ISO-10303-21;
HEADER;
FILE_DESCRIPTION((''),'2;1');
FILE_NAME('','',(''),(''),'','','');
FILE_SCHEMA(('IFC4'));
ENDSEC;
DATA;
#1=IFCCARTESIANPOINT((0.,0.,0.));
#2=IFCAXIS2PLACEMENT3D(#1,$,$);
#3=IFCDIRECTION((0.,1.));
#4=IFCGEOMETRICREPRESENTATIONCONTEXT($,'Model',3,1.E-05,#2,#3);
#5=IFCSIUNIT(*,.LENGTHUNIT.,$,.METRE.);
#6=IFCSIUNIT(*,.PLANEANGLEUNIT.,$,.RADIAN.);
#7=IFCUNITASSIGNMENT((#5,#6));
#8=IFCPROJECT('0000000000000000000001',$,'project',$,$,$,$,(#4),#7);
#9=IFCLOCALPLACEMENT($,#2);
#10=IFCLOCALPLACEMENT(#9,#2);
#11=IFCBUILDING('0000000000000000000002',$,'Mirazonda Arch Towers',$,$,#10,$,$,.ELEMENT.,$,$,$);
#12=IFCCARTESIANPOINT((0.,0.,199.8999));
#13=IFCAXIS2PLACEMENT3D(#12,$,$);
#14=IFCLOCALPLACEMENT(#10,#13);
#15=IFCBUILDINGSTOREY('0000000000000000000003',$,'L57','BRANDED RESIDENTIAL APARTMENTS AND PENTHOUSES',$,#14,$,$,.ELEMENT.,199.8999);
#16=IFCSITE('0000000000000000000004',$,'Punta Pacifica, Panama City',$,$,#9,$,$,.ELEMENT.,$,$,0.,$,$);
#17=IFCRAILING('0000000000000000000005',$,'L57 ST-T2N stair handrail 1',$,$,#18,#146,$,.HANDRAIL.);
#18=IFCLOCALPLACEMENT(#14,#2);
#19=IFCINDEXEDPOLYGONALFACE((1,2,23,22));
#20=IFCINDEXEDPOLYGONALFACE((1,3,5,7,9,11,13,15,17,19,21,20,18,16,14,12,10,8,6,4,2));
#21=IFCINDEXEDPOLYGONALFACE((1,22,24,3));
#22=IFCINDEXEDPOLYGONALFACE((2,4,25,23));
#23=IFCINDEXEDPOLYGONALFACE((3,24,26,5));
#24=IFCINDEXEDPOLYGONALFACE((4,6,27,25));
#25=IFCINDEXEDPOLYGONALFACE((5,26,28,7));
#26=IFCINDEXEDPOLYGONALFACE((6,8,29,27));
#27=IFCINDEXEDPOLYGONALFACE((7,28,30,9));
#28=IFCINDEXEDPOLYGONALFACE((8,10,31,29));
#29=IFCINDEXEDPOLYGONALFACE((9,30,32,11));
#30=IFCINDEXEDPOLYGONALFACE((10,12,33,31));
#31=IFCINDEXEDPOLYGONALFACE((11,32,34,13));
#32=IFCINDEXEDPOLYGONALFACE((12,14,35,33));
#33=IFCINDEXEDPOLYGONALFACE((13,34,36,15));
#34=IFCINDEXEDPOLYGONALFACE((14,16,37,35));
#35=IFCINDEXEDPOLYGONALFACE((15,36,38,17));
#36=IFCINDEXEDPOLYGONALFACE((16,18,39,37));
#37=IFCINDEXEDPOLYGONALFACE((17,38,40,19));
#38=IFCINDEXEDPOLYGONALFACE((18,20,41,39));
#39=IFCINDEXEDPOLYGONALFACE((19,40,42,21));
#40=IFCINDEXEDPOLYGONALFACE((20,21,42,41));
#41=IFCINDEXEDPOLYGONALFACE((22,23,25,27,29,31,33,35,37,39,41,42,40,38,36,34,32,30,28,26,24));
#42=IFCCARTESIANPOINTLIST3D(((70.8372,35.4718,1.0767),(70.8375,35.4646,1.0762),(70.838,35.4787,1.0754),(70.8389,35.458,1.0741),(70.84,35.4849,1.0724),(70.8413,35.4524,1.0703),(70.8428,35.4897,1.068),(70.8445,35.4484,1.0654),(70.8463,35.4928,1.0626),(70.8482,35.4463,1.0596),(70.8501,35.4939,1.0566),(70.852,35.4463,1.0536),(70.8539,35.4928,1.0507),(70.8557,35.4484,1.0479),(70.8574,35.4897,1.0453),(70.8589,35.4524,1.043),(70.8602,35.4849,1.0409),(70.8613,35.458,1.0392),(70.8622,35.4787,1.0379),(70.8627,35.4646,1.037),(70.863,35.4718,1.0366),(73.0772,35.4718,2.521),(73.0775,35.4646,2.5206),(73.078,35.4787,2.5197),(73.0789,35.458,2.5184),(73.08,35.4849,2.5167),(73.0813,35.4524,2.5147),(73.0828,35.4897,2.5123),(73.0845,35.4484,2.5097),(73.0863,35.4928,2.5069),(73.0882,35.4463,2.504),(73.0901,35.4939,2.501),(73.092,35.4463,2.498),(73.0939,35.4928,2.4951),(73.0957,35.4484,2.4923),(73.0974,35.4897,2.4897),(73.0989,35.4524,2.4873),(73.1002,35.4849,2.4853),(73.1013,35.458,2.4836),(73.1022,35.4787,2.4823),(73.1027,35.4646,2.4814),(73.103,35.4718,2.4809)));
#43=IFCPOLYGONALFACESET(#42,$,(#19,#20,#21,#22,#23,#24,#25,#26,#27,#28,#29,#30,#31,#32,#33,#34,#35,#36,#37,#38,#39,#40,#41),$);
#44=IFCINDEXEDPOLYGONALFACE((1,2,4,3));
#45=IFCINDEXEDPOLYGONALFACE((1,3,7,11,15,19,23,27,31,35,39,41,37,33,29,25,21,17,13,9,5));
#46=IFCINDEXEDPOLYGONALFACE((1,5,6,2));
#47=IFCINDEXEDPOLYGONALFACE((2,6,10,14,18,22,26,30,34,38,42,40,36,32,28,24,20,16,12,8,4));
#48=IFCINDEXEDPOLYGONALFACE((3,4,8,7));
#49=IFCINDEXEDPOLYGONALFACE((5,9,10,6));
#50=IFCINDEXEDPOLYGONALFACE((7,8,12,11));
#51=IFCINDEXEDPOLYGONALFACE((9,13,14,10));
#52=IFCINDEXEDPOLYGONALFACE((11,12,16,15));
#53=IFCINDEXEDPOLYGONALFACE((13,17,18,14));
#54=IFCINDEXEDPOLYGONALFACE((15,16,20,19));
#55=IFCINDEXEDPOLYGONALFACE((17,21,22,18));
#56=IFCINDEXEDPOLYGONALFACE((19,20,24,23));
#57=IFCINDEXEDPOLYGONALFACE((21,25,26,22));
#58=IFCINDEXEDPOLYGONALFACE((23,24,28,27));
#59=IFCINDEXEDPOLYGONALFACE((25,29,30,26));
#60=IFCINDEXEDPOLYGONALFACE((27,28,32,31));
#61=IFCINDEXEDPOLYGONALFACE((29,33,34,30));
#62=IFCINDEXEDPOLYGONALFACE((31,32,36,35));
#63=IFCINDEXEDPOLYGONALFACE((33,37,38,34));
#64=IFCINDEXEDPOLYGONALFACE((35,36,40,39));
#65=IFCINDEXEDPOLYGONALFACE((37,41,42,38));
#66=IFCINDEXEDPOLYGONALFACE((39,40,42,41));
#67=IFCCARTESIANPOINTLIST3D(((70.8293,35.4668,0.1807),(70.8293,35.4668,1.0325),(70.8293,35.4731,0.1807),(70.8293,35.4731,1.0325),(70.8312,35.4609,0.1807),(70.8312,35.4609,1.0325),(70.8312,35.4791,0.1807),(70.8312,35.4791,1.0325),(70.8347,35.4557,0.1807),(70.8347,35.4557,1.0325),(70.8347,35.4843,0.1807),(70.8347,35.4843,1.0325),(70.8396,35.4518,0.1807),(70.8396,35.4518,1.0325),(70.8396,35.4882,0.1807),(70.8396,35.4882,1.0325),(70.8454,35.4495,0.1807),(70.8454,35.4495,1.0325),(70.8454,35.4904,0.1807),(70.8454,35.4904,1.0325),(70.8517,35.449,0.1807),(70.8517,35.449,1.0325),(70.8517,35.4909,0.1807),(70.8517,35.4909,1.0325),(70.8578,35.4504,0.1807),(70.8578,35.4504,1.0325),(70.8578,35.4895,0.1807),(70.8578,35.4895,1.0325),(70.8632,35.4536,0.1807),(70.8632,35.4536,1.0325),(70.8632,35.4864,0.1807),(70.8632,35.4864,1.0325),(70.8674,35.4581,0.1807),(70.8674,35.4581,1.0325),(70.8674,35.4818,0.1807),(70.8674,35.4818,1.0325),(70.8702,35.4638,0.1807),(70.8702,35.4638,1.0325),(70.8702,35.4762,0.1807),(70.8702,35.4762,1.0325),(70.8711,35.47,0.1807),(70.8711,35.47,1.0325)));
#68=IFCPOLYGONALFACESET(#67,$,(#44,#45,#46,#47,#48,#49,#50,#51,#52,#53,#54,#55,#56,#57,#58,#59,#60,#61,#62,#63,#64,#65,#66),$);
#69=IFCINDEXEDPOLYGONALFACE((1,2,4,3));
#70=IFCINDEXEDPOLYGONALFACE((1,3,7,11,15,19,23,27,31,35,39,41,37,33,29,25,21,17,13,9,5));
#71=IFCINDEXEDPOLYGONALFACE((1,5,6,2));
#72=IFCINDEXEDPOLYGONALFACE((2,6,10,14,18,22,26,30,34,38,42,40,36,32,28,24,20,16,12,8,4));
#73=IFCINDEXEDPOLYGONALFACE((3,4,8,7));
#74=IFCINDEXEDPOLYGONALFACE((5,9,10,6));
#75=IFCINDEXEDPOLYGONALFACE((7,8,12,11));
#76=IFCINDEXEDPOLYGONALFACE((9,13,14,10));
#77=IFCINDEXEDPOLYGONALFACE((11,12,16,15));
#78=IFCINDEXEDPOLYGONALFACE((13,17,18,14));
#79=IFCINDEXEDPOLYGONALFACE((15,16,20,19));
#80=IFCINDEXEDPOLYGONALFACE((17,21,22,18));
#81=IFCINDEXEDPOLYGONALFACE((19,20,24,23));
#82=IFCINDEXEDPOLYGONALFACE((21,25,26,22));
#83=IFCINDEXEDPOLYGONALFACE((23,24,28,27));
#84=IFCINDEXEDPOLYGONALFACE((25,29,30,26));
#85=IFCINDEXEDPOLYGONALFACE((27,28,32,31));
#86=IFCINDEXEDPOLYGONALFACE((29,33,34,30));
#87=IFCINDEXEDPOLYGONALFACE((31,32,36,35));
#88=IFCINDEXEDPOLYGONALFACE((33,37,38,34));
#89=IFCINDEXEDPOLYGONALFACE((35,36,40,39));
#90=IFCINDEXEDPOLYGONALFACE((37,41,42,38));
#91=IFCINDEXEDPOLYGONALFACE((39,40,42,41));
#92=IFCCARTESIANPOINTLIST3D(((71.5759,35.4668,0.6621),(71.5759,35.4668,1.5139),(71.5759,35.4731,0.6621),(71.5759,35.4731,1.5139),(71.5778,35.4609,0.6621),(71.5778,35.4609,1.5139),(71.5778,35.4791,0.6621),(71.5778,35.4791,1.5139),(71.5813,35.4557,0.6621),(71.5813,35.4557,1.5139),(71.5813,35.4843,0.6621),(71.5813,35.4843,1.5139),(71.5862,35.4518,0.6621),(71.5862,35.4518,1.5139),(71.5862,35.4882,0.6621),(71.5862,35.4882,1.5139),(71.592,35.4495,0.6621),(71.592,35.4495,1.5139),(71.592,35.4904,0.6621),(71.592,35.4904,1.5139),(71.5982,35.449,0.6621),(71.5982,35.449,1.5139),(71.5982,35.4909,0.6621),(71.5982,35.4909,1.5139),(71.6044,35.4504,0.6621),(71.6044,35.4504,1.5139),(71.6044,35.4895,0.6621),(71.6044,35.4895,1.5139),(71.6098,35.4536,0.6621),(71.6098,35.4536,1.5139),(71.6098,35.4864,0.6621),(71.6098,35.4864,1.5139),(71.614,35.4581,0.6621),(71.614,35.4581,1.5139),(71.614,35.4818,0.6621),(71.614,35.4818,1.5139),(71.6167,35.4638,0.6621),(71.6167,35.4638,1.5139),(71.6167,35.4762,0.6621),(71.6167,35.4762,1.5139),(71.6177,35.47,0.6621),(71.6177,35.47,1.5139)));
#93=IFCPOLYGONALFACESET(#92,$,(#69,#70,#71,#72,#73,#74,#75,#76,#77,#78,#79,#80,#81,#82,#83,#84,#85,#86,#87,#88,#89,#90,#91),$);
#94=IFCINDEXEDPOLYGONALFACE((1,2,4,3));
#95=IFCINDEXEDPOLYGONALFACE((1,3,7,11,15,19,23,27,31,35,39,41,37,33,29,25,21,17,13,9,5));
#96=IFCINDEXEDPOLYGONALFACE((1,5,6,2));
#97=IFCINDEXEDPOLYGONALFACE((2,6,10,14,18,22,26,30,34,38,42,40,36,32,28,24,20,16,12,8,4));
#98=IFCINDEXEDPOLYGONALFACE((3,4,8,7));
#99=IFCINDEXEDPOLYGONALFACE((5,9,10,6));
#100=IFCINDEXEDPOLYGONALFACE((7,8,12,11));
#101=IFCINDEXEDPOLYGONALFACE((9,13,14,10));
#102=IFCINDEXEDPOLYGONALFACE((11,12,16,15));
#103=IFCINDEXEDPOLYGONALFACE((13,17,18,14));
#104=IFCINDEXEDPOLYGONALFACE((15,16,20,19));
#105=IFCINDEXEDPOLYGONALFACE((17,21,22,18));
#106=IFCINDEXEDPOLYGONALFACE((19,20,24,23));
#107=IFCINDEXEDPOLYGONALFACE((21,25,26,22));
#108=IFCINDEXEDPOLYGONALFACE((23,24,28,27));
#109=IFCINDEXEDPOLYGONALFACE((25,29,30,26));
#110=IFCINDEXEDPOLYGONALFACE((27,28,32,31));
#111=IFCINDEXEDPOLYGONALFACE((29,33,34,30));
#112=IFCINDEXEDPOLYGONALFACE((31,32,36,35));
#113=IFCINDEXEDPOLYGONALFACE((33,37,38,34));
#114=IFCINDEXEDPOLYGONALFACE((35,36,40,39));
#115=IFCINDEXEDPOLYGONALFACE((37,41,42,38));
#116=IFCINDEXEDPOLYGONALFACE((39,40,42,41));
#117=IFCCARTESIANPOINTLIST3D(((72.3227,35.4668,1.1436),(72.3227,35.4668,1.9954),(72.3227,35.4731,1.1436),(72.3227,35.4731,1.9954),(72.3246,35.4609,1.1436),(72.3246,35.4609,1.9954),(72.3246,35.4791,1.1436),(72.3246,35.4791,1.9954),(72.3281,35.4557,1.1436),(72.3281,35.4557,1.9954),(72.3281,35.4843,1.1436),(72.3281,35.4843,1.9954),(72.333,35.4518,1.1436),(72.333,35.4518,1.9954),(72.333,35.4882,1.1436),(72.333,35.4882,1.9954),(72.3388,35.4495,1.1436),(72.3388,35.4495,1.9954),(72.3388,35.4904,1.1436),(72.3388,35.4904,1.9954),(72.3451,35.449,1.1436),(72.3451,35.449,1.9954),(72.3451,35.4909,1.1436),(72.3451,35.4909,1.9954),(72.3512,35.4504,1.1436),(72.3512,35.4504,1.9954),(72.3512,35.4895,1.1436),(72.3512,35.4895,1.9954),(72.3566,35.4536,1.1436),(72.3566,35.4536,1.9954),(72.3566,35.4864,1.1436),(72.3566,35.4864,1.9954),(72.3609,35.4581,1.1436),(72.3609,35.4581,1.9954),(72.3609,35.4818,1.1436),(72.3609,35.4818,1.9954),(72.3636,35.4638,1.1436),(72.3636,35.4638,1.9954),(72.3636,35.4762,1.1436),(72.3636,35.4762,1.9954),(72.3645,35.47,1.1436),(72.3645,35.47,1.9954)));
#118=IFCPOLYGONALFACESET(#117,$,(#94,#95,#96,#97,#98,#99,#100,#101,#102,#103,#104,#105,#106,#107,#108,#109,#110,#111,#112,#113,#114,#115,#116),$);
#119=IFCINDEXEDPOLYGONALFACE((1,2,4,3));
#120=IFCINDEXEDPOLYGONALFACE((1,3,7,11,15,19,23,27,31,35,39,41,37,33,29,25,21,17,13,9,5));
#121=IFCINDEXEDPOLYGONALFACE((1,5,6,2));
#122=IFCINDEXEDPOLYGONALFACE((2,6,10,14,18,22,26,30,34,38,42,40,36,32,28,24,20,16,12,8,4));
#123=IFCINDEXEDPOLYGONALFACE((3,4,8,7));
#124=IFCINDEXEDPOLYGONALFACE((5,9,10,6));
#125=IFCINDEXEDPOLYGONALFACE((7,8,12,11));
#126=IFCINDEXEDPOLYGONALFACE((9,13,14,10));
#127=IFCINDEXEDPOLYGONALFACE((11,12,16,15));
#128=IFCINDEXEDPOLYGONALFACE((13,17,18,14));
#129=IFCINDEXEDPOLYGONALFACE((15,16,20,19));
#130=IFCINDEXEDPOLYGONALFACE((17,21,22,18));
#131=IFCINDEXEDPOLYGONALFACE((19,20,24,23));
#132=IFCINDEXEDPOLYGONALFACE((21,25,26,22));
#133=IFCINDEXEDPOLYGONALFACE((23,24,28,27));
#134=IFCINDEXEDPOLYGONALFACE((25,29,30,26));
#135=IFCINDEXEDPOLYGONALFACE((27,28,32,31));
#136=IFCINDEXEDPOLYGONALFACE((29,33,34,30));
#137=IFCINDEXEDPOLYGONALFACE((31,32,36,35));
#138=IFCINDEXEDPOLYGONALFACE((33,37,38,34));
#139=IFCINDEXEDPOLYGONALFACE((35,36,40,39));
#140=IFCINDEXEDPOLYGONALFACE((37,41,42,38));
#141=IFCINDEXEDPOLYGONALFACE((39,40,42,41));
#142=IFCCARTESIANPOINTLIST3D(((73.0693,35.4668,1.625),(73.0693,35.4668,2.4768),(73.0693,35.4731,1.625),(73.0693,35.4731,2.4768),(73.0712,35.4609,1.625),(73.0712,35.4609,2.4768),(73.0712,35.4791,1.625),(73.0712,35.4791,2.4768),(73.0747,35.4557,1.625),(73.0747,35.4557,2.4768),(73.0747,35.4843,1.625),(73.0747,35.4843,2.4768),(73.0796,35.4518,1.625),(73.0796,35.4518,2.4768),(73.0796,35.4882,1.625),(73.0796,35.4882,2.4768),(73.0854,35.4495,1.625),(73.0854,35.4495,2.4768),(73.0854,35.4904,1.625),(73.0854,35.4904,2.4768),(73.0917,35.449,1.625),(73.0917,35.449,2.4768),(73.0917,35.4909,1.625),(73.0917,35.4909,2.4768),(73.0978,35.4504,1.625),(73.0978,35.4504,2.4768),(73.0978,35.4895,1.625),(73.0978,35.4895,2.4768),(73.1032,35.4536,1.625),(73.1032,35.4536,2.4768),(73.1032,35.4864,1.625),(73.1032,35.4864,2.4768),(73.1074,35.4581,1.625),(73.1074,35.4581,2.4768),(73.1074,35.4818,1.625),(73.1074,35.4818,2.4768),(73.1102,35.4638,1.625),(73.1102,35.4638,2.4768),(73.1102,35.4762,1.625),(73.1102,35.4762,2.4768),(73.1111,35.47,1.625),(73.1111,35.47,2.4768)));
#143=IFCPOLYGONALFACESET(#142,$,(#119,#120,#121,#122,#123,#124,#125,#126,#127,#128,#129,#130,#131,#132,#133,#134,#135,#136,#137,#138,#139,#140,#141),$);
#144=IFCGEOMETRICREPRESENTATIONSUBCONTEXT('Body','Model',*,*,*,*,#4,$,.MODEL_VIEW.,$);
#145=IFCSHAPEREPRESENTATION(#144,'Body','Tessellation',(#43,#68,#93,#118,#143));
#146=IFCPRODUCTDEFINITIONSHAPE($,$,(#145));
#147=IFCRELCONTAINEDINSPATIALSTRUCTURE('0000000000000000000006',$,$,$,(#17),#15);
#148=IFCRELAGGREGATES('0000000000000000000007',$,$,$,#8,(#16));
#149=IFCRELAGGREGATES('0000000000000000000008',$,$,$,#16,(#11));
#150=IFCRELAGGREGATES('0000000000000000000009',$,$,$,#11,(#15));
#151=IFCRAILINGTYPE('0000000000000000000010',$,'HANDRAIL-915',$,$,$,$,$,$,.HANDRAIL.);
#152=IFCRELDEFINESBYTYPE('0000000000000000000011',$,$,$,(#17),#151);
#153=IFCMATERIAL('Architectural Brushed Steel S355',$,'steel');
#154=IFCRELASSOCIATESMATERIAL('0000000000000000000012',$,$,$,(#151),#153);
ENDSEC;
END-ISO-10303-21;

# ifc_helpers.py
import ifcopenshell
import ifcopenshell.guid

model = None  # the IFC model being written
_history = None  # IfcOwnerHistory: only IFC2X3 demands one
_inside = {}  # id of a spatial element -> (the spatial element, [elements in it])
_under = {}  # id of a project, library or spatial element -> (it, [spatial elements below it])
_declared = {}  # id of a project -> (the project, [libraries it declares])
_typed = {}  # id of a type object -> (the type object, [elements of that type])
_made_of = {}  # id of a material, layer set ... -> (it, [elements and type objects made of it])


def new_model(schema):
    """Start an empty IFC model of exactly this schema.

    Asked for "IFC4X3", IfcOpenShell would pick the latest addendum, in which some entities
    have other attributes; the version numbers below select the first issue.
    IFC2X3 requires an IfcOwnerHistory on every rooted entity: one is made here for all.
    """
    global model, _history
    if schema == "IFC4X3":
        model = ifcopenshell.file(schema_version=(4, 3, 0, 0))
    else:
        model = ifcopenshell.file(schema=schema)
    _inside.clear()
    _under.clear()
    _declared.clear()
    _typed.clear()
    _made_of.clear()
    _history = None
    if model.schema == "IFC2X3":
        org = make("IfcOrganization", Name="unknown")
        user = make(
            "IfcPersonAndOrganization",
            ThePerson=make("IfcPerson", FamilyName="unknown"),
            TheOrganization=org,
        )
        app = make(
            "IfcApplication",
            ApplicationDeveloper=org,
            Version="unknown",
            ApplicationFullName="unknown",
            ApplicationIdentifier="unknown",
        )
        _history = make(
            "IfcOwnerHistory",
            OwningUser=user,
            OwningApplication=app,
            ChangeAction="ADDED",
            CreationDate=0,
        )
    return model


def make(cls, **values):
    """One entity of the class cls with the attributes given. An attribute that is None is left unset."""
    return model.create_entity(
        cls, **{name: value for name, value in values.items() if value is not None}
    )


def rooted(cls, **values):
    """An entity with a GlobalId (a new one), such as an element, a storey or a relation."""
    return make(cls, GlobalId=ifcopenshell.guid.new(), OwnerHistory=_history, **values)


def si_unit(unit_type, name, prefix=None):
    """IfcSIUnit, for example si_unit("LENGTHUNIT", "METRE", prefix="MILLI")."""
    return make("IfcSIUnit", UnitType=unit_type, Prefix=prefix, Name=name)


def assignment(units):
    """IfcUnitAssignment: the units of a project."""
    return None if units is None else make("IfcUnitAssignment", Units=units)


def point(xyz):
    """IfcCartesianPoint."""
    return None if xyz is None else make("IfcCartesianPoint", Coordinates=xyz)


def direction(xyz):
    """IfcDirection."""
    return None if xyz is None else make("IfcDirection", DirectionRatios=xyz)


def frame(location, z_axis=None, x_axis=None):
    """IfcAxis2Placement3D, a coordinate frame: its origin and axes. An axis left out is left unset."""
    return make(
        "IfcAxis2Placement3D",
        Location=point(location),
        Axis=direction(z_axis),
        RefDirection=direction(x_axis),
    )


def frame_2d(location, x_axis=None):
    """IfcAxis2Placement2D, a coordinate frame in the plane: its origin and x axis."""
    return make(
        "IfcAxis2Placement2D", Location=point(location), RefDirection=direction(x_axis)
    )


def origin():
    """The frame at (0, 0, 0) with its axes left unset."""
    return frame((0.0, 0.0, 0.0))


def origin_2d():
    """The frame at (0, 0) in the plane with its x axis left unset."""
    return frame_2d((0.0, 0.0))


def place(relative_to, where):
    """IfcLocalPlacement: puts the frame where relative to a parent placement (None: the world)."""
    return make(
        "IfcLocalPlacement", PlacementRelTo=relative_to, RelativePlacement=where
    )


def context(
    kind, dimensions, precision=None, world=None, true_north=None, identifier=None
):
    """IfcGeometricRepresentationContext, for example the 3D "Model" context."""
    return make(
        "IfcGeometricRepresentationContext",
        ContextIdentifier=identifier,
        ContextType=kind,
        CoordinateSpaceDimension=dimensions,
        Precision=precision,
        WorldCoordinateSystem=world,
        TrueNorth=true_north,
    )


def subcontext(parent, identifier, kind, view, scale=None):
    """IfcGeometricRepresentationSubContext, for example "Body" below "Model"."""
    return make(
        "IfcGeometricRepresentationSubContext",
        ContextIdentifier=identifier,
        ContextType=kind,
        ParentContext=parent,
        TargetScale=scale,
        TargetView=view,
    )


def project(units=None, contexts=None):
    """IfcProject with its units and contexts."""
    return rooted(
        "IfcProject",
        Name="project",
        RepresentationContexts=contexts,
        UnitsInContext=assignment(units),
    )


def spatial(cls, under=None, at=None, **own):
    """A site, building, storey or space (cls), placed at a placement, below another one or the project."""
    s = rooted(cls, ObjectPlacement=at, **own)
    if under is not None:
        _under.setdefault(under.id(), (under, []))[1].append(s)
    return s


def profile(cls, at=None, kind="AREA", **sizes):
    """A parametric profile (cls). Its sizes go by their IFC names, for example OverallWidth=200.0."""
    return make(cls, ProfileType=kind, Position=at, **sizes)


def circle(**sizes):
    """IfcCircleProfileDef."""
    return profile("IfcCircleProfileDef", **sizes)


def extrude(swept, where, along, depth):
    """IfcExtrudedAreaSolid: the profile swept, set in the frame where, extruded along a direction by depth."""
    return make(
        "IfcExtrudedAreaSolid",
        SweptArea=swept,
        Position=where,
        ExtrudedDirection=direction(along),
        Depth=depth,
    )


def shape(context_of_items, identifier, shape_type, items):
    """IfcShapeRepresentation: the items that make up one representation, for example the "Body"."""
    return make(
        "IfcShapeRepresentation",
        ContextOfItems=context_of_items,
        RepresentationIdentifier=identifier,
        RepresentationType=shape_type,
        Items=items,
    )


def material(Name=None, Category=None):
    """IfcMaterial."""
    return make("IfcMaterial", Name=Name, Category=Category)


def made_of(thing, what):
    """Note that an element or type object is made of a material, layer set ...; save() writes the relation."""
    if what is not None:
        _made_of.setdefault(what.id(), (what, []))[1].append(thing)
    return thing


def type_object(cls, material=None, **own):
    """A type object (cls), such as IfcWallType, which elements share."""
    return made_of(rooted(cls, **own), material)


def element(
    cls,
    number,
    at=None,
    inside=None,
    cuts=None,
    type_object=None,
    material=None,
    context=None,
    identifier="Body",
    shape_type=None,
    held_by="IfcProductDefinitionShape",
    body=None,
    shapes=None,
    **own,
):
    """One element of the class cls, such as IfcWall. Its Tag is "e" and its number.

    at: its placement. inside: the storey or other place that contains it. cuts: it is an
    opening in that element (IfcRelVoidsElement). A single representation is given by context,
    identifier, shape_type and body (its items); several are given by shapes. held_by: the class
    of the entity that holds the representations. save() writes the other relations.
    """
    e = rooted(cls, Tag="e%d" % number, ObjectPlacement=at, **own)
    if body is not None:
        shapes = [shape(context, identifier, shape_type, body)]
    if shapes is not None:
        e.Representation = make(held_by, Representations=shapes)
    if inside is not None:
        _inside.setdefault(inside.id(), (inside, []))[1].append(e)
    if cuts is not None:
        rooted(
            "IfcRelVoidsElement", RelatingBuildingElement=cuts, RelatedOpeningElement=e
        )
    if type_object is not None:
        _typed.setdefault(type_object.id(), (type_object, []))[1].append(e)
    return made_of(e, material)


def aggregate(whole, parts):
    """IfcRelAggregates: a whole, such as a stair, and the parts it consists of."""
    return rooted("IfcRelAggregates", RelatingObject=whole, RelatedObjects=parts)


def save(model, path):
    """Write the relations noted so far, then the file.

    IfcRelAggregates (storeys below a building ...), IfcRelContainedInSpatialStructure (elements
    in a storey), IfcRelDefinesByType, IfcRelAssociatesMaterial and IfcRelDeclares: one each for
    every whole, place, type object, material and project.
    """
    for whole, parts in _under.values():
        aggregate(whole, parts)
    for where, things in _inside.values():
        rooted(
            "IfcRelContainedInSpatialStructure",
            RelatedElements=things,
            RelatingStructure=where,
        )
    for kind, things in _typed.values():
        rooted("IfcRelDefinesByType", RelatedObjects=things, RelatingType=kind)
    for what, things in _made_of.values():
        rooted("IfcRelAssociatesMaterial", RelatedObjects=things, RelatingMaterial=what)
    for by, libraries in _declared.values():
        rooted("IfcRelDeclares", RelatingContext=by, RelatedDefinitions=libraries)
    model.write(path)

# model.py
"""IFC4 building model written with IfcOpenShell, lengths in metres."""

from ifc_helpers import new_model, si_unit, direction, frame, origin, origin_2d, place, context, subcontext, project, spatial, circle, extrude, material, type_object, element, save


model = new_model("IFC4")

# Units and contexts
model_context = context("Model", 3, precision=1e-05, world=origin(), true_north=direction((0.0, 1.0)))
body_context = subcontext(model_context, "Body", "Model", "MODEL_VIEW")
ifc_project = project(units=[si_unit("LENGTHUNIT", "METRE"), si_unit("PLANEANGLEUNIT", "RADIAN")], contexts=[model_context])

# Site, building, storey
site_placement = place(None, origin())
site = spatial("IfcSite", under=ifc_project, at=site_placement, Name="Punta Pacifica, Panama City", CompositionType="ELEMENT", RefElevation=0.0)
building_placement = place(site_placement, origin())
building = spatial("IfcBuilding", under=site, at=building_placement, Name="Mirazonda Arch Towers", CompositionType="ELEMENT")
storey_placement = place(building_placement, frame((0.0, 0.0, 199.8999)))
storey = spatial("IfcBuildingStorey", under=building, at=storey_placement, Name="L57", Description="BRANDED RESIDENTIAL APARTMENTS AND PENTHOUSES", CompositionType="ELEMENT", Elevation=199.8999)

# Railing
ifc_material_1 = material(Name="Architectural Brushed Steel S355", Category="steel")
railing_type_1 = type_object("IfcRailingType", Name="HANDRAIL-915", PredefinedType="HANDRAIL", material=ifc_material_1)
railing_1_placement = place(storey_placement, frame((70.8501, 35.47, 0.1807)))
element("IfcRailing", 1, at=railing_1_placement, inside=storey, type_object=railing_type_1, Name="L57 ST-T2N stair handrail 1", PredefinedType="HANDRAIL", context=body_context, shape_type="SweptSolid", body=[
    extrude(circle(Radius=0.0239, at=origin_2d()), frame((0.0, 0.0, 0.876), z_axis=(0.840437, 0.0, 0.54191), x_axis=(0.0, 1.0, 0.0)), (0.0, 0.0, 1.0), 2.6653),
    extrude(circle(Radius=0.021, at=origin_2d()), origin(), (0.0, 0.0, 1.0), 0.8518),
    extrude(circle(Radius=0.021, at=origin_2d()), frame((0.7466, 0.0, 0.4814)), (0.0, 0.0, 1.0), 0.8518),
    extrude(circle(Radius=0.021, at=origin_2d()), frame((1.4934, 0.0, 0.9629)), (0.0, 0.0, 1.0), 0.8518),
    extrude(circle(Radius=0.021, at=origin_2d()), frame((2.24, 0.0, 1.4443)), (0.0, 0.0, 1.0), 0.8518),
])

save(model, "model.ifc")
